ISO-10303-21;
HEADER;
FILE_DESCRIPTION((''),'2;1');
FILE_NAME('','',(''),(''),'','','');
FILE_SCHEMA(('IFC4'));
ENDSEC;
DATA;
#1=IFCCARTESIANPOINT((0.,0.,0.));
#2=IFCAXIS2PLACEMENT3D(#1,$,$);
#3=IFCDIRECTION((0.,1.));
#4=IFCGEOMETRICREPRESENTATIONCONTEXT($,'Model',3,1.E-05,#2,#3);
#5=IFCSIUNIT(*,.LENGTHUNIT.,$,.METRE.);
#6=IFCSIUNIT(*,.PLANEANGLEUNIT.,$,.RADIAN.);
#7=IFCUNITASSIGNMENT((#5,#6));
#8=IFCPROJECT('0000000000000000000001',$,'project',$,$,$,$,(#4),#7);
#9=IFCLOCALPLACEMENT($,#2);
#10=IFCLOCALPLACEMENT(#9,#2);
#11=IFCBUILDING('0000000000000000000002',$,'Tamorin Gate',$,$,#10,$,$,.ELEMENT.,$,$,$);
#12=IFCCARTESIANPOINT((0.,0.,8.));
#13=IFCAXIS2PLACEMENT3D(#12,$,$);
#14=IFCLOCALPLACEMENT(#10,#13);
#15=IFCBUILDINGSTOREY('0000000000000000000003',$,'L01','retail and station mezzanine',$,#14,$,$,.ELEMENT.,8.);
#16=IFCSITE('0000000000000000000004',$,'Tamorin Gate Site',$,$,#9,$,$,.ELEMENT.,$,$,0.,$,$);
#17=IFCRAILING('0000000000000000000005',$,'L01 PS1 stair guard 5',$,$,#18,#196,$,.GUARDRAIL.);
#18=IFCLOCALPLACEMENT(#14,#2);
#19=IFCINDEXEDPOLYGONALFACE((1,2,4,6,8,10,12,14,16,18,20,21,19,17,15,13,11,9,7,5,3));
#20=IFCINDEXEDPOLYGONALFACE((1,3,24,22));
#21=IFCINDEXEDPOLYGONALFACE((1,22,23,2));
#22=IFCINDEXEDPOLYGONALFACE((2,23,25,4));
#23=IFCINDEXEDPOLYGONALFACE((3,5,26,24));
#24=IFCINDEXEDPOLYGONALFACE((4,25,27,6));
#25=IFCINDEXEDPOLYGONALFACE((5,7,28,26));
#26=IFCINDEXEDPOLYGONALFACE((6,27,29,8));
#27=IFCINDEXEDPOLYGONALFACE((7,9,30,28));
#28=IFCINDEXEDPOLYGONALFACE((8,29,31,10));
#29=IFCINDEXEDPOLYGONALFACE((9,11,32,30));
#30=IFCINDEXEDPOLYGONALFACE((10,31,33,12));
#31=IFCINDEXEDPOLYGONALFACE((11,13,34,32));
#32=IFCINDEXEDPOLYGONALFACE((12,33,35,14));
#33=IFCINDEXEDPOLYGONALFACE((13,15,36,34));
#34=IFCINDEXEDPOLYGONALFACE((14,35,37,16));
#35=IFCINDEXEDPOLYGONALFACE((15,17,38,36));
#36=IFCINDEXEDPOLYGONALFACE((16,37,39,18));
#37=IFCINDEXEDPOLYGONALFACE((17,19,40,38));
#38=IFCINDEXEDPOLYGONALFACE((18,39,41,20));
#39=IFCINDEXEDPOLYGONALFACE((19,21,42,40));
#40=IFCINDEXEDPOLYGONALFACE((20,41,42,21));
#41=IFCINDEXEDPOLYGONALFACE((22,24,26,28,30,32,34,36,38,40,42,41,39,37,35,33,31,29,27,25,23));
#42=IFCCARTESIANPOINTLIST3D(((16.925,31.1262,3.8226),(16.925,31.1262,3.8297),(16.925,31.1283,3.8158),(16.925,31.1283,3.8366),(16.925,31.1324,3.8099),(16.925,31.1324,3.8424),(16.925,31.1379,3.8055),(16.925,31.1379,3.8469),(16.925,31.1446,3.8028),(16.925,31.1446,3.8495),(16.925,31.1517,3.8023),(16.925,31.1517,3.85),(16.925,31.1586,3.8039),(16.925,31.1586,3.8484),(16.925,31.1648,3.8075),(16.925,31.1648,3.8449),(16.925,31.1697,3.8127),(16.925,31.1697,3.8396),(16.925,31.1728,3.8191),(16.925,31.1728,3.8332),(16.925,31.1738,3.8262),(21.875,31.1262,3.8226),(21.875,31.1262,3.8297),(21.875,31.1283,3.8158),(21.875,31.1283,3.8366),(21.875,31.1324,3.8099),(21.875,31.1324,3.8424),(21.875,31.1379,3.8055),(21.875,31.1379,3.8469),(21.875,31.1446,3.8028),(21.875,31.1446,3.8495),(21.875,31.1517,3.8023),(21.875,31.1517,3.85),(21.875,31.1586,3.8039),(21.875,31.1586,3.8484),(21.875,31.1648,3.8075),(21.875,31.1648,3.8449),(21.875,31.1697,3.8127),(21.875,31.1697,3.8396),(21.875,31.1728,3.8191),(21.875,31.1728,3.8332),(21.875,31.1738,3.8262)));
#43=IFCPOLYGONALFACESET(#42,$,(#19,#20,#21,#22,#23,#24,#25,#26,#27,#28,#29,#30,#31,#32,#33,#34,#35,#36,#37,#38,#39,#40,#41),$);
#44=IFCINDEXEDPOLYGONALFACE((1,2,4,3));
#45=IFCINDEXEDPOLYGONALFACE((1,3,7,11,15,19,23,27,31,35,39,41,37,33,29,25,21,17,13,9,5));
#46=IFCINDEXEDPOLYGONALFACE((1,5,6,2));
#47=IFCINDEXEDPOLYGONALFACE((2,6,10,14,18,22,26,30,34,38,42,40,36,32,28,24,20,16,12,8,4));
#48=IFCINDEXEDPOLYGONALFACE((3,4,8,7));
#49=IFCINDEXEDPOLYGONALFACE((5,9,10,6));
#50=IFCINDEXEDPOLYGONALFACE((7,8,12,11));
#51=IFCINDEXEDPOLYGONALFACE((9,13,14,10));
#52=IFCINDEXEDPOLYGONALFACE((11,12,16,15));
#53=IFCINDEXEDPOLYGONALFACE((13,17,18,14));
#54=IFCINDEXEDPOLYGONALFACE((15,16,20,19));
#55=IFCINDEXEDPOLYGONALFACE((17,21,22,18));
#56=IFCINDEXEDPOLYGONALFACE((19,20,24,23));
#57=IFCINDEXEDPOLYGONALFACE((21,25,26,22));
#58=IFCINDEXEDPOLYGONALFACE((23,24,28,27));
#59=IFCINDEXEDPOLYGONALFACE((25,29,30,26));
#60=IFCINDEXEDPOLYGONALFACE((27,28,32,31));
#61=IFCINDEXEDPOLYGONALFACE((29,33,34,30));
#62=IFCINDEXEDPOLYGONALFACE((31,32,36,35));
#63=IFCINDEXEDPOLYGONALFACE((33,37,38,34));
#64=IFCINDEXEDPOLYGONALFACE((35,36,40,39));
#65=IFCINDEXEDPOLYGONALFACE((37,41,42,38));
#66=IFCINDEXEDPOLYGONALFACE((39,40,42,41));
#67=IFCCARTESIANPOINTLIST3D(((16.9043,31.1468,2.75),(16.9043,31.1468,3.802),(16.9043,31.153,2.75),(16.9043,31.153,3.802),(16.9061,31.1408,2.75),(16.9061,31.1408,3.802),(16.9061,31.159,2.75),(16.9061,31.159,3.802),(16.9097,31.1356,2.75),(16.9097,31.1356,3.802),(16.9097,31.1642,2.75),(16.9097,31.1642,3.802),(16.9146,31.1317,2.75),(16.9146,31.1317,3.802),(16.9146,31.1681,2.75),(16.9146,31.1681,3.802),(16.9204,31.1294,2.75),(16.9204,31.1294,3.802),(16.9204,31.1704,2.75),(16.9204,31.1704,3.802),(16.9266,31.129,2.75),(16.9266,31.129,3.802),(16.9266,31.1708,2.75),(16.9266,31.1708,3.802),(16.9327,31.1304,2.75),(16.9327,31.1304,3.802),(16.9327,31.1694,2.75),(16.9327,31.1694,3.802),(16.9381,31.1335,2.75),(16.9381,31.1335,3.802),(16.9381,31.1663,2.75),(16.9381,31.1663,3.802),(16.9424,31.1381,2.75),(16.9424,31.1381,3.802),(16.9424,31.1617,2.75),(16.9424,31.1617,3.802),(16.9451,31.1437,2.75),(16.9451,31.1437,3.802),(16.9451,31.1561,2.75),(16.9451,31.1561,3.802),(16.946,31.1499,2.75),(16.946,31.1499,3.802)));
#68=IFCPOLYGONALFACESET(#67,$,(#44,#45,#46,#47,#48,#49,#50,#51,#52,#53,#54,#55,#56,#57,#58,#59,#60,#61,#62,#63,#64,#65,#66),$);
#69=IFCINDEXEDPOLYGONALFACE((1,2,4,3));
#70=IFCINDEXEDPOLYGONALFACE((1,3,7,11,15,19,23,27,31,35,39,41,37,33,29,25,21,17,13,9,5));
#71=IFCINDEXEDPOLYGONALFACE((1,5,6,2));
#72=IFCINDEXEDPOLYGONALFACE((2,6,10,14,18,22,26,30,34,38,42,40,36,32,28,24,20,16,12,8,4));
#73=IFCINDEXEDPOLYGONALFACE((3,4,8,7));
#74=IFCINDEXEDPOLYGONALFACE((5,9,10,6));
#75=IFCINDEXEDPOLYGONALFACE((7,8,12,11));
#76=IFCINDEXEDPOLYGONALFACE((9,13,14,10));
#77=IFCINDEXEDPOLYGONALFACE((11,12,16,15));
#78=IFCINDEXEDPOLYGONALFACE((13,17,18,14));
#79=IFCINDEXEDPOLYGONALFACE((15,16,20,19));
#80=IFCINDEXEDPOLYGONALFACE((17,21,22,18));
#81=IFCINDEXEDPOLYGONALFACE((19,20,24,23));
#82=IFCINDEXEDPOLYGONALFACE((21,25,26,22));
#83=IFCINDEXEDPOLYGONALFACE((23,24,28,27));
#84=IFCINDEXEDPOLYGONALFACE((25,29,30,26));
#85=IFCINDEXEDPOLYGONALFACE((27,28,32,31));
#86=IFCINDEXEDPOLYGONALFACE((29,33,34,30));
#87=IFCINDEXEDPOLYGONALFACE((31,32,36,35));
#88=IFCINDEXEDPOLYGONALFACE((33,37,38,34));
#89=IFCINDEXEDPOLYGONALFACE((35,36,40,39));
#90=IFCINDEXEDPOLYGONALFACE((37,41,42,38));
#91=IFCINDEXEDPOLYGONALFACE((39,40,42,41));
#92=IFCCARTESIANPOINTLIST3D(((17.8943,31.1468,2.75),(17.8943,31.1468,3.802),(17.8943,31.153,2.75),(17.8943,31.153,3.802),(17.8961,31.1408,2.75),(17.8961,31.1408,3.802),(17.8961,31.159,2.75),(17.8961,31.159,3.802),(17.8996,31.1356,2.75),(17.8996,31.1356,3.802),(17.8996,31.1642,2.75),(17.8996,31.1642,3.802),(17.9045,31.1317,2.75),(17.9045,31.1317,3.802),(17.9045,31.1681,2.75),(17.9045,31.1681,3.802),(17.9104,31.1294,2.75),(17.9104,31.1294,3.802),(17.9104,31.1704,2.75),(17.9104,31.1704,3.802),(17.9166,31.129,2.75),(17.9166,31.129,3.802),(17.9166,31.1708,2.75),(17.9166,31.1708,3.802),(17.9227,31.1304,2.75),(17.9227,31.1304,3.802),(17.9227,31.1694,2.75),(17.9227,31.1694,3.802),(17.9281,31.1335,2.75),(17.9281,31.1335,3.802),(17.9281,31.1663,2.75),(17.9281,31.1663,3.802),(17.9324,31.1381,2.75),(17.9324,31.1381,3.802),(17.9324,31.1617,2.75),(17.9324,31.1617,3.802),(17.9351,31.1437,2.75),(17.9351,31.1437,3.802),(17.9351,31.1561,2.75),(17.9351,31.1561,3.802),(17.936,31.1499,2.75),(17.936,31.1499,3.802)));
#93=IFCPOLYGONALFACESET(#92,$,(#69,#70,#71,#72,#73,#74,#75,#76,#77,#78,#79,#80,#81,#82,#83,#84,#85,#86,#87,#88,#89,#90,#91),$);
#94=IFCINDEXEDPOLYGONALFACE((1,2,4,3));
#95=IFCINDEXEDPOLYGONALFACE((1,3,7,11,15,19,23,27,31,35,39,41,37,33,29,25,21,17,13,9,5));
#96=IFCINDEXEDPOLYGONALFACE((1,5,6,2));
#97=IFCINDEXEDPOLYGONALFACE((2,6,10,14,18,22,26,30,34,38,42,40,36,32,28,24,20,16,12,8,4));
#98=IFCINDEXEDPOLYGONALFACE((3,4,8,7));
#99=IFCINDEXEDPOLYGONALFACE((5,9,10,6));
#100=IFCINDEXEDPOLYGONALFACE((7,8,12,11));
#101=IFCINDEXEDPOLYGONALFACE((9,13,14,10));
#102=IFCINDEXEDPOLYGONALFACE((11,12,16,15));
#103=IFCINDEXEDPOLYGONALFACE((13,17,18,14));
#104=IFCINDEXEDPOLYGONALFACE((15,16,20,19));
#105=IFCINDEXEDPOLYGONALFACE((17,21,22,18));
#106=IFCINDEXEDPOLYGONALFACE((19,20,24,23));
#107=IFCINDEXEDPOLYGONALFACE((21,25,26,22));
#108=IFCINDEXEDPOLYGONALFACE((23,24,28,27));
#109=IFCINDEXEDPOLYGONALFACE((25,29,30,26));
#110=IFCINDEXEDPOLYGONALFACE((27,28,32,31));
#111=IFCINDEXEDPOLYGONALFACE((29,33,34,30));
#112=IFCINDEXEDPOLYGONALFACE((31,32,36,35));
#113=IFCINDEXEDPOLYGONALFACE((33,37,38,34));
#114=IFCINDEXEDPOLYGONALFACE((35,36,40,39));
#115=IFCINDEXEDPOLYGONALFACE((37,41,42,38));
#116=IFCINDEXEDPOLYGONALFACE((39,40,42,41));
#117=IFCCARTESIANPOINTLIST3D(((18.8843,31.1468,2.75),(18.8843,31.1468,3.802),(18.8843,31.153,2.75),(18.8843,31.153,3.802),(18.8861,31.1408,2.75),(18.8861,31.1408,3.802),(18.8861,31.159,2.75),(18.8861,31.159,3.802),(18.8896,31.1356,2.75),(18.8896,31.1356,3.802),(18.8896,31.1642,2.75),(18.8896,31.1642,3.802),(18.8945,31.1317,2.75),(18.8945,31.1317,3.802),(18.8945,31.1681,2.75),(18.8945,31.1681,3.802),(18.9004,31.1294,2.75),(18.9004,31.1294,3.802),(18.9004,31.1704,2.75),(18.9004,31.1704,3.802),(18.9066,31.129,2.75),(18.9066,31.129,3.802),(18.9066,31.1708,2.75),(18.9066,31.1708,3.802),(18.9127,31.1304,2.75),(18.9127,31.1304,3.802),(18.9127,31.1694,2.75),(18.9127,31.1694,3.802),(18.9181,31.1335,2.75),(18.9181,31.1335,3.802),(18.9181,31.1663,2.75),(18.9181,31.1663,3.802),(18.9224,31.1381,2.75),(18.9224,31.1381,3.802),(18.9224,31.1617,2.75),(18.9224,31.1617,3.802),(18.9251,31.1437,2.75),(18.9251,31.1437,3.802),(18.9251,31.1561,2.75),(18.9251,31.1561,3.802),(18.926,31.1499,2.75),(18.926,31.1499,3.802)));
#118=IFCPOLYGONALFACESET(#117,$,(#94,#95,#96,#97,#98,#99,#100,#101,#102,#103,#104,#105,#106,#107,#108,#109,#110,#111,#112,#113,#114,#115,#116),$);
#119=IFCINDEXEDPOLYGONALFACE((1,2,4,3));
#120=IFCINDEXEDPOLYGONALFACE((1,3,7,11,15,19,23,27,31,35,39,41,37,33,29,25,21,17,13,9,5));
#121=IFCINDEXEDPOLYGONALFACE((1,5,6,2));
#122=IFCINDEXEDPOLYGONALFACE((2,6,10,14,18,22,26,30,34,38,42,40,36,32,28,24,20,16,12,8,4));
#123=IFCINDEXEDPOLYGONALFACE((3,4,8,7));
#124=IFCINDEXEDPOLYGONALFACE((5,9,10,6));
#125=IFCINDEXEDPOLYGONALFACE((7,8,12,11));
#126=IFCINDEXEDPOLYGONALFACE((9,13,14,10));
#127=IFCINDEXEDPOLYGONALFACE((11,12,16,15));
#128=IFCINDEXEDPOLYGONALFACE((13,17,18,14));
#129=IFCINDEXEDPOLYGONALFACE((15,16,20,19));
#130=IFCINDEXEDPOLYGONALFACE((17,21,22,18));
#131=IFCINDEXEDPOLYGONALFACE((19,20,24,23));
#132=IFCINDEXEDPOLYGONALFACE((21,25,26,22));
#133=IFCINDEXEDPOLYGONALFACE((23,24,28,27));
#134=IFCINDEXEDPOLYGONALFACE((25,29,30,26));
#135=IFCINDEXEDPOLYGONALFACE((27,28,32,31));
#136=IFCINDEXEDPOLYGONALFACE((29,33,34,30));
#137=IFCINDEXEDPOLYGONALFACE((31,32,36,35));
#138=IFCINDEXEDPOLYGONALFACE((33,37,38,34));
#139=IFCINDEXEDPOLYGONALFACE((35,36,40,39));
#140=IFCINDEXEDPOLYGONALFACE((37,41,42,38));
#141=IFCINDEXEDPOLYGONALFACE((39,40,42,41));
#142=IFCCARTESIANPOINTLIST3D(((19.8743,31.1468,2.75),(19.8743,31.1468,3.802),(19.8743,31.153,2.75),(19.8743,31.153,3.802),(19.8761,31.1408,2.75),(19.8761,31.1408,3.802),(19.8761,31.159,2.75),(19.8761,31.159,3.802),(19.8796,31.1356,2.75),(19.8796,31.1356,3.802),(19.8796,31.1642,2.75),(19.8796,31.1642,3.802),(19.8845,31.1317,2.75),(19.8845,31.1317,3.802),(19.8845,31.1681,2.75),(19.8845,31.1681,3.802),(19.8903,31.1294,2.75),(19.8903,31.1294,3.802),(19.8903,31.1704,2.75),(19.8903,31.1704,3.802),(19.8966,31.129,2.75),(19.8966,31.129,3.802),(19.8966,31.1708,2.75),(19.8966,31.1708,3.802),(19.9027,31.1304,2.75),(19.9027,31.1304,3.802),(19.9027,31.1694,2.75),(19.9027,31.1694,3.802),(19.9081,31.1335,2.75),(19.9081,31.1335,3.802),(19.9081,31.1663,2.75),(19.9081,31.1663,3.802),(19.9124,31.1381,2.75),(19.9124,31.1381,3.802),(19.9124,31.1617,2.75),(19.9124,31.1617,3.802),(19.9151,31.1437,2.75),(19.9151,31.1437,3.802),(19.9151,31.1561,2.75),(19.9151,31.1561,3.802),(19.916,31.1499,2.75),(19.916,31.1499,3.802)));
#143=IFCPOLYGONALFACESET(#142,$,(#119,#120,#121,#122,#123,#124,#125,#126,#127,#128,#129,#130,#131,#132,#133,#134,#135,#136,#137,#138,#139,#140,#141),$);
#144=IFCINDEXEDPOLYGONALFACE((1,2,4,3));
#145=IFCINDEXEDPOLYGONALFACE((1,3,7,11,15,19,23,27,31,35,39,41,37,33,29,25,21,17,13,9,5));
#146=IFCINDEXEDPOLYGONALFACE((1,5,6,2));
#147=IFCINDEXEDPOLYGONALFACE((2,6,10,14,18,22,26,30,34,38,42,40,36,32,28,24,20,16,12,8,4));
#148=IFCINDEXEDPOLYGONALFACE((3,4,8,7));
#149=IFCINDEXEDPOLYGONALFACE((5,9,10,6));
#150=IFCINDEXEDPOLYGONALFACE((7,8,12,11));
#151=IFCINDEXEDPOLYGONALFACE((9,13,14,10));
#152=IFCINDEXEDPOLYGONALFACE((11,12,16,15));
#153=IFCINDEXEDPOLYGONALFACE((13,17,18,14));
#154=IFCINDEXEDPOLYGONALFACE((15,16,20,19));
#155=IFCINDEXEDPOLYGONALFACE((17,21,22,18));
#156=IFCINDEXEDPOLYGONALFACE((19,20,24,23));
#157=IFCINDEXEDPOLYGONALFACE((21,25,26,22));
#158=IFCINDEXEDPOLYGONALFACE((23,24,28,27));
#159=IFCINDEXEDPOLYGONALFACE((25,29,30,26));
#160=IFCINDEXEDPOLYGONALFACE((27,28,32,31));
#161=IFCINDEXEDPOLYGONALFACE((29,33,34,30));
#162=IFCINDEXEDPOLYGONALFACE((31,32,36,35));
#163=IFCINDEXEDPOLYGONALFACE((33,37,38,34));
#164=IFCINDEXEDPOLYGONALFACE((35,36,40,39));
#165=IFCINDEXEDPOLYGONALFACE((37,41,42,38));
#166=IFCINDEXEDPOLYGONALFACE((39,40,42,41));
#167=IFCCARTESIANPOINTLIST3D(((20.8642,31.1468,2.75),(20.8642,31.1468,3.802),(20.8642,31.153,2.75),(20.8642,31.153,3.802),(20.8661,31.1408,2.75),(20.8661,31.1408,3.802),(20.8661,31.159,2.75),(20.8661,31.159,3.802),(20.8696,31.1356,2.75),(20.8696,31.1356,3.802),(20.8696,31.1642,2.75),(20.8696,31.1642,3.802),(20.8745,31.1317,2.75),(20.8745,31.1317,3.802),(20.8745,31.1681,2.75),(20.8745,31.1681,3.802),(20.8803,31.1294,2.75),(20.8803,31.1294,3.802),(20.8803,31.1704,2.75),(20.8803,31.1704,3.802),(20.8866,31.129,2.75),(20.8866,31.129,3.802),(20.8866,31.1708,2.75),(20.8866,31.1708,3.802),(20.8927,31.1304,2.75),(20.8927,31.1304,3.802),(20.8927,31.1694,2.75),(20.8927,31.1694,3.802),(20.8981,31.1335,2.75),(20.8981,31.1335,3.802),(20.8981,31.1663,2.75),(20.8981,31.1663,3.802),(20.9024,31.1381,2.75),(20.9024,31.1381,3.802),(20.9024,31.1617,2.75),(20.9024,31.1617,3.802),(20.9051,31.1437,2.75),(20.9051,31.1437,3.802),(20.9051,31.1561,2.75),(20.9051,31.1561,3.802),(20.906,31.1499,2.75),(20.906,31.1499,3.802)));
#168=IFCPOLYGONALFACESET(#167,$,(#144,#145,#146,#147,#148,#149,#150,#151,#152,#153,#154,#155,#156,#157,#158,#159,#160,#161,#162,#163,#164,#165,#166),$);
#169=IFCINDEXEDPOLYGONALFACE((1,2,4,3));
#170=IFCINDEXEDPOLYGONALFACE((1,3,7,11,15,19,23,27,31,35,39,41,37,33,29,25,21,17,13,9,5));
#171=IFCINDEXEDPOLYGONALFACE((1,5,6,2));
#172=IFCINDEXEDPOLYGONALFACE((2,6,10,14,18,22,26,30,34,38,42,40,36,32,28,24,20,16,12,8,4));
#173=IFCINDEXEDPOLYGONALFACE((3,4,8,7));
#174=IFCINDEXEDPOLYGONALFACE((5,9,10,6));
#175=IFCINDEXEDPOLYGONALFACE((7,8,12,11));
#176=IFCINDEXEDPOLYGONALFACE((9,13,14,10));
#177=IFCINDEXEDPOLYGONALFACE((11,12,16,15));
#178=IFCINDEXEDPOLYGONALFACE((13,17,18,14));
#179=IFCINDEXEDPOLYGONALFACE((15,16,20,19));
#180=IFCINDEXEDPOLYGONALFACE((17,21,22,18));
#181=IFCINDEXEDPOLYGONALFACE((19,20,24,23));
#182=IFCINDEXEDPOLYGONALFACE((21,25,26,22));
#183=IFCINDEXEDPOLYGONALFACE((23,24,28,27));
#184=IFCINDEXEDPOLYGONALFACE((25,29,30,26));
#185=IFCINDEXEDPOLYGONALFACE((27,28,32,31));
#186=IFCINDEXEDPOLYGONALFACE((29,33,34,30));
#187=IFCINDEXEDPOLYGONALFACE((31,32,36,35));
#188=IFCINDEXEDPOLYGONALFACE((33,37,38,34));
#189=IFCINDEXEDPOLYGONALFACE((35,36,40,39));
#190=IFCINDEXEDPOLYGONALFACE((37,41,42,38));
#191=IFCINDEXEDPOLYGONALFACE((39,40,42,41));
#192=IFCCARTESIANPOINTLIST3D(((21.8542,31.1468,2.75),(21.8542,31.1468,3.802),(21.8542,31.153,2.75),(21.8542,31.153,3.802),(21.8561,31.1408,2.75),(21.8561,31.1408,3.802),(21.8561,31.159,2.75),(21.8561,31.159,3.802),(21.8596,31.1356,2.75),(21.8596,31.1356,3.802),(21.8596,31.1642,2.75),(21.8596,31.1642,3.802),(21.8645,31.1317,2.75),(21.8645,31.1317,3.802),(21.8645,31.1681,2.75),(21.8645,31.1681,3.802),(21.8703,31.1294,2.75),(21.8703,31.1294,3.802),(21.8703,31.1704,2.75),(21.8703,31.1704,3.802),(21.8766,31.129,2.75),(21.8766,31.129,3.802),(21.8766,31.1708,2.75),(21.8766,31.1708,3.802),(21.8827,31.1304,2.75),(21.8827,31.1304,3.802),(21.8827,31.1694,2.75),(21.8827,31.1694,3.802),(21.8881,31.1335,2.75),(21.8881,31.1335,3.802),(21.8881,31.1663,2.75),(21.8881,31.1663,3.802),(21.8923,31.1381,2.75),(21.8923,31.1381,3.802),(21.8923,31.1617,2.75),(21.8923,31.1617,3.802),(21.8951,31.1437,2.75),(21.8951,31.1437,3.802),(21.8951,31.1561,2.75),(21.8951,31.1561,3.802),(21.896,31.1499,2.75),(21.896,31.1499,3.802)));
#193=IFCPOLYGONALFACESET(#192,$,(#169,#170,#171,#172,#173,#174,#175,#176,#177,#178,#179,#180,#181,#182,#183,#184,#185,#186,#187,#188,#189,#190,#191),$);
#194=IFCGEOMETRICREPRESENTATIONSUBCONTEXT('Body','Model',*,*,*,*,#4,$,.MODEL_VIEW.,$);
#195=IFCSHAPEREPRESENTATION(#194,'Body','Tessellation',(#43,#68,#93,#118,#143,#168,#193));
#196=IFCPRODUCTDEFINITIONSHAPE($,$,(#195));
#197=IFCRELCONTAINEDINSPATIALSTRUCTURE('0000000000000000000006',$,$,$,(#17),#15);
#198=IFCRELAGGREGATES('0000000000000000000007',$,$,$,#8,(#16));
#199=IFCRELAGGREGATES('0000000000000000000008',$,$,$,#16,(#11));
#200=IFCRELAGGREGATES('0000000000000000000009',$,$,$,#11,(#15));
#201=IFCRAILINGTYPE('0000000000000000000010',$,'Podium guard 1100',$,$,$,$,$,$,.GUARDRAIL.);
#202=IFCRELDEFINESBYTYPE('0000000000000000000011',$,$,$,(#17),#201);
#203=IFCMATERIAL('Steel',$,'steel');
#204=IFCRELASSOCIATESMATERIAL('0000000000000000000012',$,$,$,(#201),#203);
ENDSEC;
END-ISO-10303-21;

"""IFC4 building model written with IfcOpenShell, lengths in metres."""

from ifc_helpers import new_model, si_unit, direction, frame, origin, origin_2d, place, context, subcontext, project, spatial, circle, extrude, material, type_object, element, save


model = new_model("IFC4")

# Units and contexts
model_context = context("Model", 3, precision=1e-05, world=origin(), true_north=direction((0.0, 1.0)))
body_context = subcontext(model_context, "Body", "Model", "MODEL_VIEW")
ifc_project = project(units=[si_unit("LENGTHUNIT", "METRE"), si_unit("PLANEANGLEUNIT", "RADIAN")], contexts=[model_context])

# Site, building, storey
site_placement = place(None, origin())
site = spatial("IfcSite", under=ifc_project, at=site_placement, Name="Tamorin Gate Site", CompositionType="ELEMENT", RefElevation=0.0)
building_placement = place(site_placement, origin())
building = spatial("IfcBuilding", under=site, at=building_placement, Name="Tamorin Gate", CompositionType="ELEMENT")
storey_placement = place(building_placement, frame((0.0, 0.0, 8.0)))
storey = spatial("IfcBuildingStorey", under=building, at=storey_placement, Name="L01", Description="retail and station mezzanine", CompositionType="ELEMENT", Elevation=8.0)

# Railing
ifc_material_1 = material(Name="Steel", Category="steel")
railing_type = type_object("IfcRailingType", Name="Podium guard 1100", PredefinedType="GUARDRAIL", material=ifc_material_1)
railing_1_placement = place(storey_placement, frame((16.925, 31.1499, 2.75)))
element("IfcRailing", 1, at=railing_1_placement, inside=storey, type_object=railing_type, Name="L01 PS1 stair guard 5", PredefinedType="GUARDRAIL", context=body_context, shape_type="SweptSolid", body=[
    extrude(circle(Radius=0.0239, at=origin_2d()), frame((0.0, 0.0, 1.0762), z_axis=(1.0, 0.0, 0.0), x_axis=(0.0, 1.0, 0.0)), (0.0, 0.0, 1.0), 4.95),
    extrude(circle(Radius=0.021, at=origin_2d()), origin(), (0.0, 0.0, 1.0), 1.052),
    extrude(circle(Radius=0.021, at=origin_2d()), frame((0.99, 0.0, 0.0)), (0.0, 0.0, 1.0), 1.052),
    extrude(circle(Radius=0.021, at=origin_2d()), frame((1.98, 0.0, 0.0)), (0.0, 0.0, 1.0), 1.052),
    extrude(circle(Radius=0.021, at=origin_2d()), frame((2.97, 0.0, 0.0)), (0.0, 0.0, 1.0), 1.052),
    extrude(circle(Radius=0.021, at=origin_2d()), frame((3.96, 0.0, 0.0)), (0.0, 0.0, 1.0), 1.052),
    extrude(circle(Radius=0.021, at=origin_2d()), frame((4.95, 0.0, 0.0)), (0.0, 0.0, 1.0), 1.052),
])

save(model, "model.ifc")
